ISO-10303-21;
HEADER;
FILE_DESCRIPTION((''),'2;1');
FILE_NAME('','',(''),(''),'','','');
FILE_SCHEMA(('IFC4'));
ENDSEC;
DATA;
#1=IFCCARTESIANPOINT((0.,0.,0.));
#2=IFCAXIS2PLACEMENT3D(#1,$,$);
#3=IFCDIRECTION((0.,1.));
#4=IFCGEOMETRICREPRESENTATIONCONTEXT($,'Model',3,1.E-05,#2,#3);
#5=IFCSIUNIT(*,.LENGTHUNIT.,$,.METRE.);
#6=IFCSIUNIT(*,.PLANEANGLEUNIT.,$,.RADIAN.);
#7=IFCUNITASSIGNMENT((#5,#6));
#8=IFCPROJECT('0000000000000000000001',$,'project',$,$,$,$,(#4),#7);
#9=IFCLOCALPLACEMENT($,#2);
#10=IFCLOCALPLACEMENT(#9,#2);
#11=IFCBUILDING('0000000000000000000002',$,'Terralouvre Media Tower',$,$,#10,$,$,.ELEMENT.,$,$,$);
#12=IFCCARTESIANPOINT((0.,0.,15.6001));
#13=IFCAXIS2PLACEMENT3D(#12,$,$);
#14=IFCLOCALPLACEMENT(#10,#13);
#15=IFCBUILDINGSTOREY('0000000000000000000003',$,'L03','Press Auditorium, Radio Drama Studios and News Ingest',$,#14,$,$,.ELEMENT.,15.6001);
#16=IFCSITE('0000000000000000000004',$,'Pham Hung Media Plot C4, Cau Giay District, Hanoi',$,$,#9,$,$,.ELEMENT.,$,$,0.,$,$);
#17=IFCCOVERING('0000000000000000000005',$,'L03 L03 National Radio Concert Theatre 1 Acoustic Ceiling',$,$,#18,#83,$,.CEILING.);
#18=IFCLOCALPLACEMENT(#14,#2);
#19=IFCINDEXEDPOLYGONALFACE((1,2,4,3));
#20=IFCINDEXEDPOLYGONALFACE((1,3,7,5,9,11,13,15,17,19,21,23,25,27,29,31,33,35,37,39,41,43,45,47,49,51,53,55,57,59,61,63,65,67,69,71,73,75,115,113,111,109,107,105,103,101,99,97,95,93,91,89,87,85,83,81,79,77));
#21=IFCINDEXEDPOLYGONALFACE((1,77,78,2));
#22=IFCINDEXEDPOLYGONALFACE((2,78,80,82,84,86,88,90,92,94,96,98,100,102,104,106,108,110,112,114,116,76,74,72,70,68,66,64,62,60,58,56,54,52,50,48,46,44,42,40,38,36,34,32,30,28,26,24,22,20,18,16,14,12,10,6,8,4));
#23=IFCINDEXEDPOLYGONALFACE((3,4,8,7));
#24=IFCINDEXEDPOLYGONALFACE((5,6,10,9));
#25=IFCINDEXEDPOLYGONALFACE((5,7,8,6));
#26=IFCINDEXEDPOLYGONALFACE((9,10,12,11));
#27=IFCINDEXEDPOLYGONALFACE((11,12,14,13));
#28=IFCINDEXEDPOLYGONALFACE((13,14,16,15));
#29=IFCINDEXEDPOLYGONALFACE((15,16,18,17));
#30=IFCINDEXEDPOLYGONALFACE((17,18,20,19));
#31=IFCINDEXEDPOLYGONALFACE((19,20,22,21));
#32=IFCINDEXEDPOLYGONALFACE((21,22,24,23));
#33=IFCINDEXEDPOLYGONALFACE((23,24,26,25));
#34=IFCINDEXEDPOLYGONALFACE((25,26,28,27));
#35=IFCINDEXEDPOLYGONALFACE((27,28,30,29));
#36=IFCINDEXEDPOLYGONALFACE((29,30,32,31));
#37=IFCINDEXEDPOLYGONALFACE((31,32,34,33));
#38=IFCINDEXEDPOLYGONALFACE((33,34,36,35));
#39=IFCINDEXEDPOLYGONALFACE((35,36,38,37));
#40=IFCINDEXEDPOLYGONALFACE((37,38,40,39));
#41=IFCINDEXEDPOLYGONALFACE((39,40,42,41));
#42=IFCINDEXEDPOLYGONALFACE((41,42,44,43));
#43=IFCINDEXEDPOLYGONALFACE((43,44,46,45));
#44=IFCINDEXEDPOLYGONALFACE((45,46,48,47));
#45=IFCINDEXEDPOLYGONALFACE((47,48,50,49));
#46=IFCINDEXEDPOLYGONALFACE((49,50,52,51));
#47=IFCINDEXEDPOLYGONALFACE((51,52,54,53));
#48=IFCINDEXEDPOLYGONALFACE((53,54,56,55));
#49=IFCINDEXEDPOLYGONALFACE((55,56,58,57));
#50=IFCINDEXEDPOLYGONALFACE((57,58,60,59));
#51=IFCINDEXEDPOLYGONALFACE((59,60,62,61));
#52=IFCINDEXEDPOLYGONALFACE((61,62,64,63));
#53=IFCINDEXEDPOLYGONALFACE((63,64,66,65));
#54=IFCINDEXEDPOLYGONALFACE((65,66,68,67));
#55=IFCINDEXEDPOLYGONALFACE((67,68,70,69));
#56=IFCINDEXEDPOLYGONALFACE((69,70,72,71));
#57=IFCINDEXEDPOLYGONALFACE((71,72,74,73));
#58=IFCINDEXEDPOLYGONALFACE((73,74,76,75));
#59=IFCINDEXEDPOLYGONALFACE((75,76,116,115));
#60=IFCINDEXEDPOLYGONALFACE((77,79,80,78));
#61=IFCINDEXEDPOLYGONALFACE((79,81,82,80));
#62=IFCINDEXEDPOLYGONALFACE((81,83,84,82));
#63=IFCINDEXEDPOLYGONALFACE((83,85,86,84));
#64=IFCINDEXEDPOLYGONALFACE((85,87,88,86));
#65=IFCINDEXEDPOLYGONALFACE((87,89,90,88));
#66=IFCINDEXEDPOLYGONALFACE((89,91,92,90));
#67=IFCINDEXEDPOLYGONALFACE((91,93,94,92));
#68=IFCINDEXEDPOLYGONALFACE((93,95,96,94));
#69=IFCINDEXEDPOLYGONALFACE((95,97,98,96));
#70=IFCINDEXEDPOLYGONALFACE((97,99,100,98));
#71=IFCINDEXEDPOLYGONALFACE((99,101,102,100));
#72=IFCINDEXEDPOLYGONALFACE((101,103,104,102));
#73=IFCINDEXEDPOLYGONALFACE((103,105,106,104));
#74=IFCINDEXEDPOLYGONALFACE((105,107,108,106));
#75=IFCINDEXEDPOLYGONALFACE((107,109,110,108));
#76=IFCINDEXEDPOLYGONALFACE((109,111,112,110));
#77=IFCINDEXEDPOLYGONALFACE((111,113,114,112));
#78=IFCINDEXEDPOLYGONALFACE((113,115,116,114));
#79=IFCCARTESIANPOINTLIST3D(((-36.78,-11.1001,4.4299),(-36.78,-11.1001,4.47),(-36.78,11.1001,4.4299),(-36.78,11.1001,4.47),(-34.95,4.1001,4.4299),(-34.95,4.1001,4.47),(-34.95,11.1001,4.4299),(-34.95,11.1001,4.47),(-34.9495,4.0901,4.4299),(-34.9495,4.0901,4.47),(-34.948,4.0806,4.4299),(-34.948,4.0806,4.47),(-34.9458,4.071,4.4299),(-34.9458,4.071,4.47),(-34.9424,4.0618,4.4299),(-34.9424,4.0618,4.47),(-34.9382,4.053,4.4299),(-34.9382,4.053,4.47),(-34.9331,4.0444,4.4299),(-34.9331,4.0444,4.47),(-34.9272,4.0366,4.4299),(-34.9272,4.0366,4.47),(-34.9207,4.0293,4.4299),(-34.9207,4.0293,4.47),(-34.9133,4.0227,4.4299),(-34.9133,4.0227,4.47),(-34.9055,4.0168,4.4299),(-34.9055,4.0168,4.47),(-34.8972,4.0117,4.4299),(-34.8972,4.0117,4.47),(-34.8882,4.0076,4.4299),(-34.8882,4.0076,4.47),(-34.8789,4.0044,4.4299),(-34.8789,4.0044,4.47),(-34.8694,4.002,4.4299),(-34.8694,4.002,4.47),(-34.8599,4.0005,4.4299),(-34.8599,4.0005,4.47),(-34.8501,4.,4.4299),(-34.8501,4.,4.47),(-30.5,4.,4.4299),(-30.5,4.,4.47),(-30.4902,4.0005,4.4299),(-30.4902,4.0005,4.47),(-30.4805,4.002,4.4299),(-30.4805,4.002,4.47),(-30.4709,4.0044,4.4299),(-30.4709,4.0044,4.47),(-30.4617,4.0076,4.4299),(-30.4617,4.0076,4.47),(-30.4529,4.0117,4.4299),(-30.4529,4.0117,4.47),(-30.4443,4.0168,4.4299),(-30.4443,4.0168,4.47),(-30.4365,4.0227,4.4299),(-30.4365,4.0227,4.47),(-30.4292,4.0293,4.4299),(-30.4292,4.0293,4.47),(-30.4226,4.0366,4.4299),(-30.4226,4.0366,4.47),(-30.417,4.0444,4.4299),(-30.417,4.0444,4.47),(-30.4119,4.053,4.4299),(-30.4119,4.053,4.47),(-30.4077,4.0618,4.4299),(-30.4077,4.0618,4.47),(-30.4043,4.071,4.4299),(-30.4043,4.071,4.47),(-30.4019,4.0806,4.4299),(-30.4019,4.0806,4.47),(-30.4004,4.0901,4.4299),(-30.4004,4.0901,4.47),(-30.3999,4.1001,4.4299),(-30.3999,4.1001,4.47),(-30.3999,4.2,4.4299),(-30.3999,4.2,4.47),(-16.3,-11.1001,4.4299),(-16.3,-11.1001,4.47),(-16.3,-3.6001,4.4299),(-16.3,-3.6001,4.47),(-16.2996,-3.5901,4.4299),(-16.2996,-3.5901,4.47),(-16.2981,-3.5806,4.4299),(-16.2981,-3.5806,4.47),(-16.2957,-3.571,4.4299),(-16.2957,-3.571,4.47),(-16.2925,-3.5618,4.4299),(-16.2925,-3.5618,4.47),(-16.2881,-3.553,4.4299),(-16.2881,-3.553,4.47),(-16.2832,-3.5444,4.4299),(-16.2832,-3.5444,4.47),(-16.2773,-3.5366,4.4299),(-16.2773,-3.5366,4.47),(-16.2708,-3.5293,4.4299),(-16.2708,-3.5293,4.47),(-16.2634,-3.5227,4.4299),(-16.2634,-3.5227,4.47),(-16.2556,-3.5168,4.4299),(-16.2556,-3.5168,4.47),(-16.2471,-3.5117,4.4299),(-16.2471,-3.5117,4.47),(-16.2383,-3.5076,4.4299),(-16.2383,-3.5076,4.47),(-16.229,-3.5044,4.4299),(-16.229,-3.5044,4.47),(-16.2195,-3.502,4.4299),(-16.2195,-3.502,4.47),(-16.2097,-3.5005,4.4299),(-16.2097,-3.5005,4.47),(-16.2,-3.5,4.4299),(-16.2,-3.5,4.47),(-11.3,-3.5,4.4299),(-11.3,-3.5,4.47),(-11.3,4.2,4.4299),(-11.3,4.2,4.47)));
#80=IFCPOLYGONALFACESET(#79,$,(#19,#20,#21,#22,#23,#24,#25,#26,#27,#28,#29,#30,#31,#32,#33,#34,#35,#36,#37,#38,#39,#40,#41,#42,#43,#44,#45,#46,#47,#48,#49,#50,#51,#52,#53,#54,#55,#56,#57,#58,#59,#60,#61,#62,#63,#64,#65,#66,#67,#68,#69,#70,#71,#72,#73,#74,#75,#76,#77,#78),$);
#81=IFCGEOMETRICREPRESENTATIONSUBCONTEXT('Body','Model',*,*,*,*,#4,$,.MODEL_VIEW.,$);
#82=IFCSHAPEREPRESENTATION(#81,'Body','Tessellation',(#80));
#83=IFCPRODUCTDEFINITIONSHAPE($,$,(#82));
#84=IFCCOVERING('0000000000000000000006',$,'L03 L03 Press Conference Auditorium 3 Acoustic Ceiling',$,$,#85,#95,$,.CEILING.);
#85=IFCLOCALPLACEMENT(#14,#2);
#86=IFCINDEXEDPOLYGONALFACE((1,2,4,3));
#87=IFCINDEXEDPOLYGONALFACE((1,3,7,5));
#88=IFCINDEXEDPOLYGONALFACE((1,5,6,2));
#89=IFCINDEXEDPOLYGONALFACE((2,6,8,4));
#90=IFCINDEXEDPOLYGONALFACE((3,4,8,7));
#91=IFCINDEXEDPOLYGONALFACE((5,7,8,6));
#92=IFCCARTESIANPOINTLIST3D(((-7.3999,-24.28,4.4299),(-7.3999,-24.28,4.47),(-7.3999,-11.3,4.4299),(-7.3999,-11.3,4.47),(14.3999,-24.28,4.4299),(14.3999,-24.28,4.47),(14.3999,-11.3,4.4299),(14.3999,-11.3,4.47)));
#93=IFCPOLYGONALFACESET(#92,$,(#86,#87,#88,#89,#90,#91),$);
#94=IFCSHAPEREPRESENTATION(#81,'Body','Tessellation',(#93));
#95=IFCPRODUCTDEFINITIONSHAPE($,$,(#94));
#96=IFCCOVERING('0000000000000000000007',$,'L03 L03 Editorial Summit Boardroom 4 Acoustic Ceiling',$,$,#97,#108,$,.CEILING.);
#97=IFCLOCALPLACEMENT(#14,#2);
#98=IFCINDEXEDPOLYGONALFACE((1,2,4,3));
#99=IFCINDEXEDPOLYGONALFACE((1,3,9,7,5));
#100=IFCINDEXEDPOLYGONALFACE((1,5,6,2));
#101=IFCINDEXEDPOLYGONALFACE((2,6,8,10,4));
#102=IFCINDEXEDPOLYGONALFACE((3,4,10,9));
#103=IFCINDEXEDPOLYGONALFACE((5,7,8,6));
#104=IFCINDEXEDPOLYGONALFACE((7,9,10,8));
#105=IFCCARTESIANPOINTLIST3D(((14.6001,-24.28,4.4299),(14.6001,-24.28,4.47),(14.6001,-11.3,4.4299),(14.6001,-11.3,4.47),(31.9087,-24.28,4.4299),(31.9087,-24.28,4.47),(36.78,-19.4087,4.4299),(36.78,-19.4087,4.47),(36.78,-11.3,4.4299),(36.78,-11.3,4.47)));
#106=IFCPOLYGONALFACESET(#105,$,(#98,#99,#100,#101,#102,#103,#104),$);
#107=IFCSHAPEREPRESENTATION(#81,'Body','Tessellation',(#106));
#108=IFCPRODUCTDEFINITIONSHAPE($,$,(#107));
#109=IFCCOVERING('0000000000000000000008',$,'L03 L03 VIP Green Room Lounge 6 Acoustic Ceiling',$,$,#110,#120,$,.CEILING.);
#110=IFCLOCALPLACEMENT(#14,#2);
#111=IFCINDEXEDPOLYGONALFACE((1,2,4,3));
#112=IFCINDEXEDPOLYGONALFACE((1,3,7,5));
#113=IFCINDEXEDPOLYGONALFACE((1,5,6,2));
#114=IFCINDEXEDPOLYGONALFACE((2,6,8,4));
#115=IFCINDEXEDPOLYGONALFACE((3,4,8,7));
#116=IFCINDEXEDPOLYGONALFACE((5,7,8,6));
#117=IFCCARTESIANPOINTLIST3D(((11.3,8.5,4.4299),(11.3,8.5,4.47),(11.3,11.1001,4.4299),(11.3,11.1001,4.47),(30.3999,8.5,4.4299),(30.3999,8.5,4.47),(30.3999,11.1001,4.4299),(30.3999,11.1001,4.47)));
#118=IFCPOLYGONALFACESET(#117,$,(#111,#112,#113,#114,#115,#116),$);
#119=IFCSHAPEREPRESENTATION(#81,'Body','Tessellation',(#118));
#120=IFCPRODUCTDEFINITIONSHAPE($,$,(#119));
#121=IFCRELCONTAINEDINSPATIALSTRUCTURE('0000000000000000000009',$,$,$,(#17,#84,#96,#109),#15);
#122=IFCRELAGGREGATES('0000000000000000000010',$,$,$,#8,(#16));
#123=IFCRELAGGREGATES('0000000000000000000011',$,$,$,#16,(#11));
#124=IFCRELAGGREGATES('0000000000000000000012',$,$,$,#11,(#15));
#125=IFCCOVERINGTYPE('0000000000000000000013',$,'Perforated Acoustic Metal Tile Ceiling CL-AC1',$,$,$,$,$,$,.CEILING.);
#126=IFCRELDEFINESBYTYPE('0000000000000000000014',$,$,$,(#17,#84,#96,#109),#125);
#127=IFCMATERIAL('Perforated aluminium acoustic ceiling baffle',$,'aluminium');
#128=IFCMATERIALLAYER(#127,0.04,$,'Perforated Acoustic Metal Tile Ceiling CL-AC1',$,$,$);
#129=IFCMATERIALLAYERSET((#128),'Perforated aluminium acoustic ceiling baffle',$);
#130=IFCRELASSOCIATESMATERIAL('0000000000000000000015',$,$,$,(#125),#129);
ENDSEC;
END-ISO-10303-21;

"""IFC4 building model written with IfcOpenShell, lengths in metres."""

from ifc_helpers import new_model, si_unit, direction, frame, origin, place, context, subcontext, project, spatial, polyline, outline, extrude, material, layer, layer_set, type_object, element, save


model = new_model("IFC4")

# Units and contexts
model_context = context("Model", 3, precision=1e-05, world=origin(), true_north=direction((0.0, 1.0)))
body_context = subcontext(model_context, "Body", "Model", "MODEL_VIEW")
ifc_project = project(units=[si_unit("LENGTHUNIT", "METRE"), si_unit("PLANEANGLEUNIT", "RADIAN")], contexts=[model_context])

# Site, building, storey
site_placement = place(None, origin())
site = spatial("IfcSite", under=ifc_project, at=site_placement, Name="Pham Hung Media Plot C4, Cau Giay District, Hanoi", CompositionType="ELEMENT", RefElevation=0.0)
building_placement = place(site_placement, origin())
building = spatial("IfcBuilding", under=site, at=building_placement, Name="Terralouvre Media Tower", CompositionType="ELEMENT")
storey_placement = place(building_placement, frame((0.0, 0.0, 15.6001)))
storey = spatial("IfcBuildingStorey", under=building, at=storey_placement, Name="L03", Description="Press Auditorium, Radio Drama Studios and News Ingest", CompositionType="ELEMENT", Elevation=15.6001)

# Coverings
ifc_material_1 = material(Name="Perforated aluminium acoustic ceiling baffle", Category="aluminium")
ifc_layer_1 = layer(ifc_material_1, 0.04, Name="Perforated Acoustic Metal Tile Ceiling CL-AC1")
ifc_layer_set_1 = layer_set([ifc_layer_1], Name="Perforated aluminium acoustic ceiling baffle")
covering_type_1 = type_object("IfcCoveringType", Name="Perforated Acoustic Metal Tile Ceiling CL-AC1", PredefinedType="CEILING", material=ifc_layer_set_1)
covering_1_placement = place(storey_placement, frame((0.0, 0.0, 4.4299)))
element("IfcCovering", 1, at=covering_1_placement, inside=storey, type_object=covering_type_1, Name="L03 L03 National Radio Concert Theatre 1 Acoustic Ceiling", PredefinedType="CEILING", context=body_context, shape_type="SweptSolid", body=[
    extrude(outline(polyline([(-16.3, -3.6001), (-16.2996, -3.5901), (-16.2981, -3.5806), (-16.2957, -3.571), (-16.2925, -3.5618), (-16.2881, -3.553), (-16.2832, -3.5444), (-16.2773, -3.5366), (-16.2708, -3.5293), (-16.2634, -3.5227), (-16.2556, -3.5168), (-16.2471, -3.5117), (-16.2383, -3.5076), (-16.229, -3.5044), (-16.2195, -3.502), (-16.2097, -3.5005), (-16.2, -3.5), (-11.3, -3.5), (-11.3, 4.2), (-30.3999, 4.2), (-30.3999, 4.1001), (-30.4004, 4.0901), (-30.4019, 4.0806), (-30.4043, 4.071), (-30.4077, 4.0618), (-30.4119, 4.053), (-30.417, 4.0444), (-30.4226, 4.0366), (-30.4292, 4.0293), (-30.4365, 4.0227), (-30.4443, 4.0168), (-30.4529, 4.0117), (-30.4617, 4.0076), (-30.4709, 4.0044), (-30.4805, 4.002), (-30.4902, 4.0005), (-30.5, 4.0), (-34.8501, 4.0), (-34.8599, 4.0005), (-34.8694, 4.002), (-34.8789, 4.0044), (-34.8882, 4.0076), (-34.8972, 4.0117), (-34.9055, 4.0168), (-34.9133, 4.0227), (-34.9207, 4.0293), (-34.9272, 4.0366), (-34.9331, 4.0444), (-34.9382, 4.053), (-34.9424, 4.0618), (-34.9458, 4.071), (-34.948, 4.0806), (-34.9495, 4.0901), (-34.95, 4.1001), (-34.95, 11.1001), (-36.78, 11.1001), (-36.78, -11.1001), (-16.3, -11.1001), (-16.3, -3.6001)])), origin(), (0.0, 0.0, 1.0), 0.04),
])
covering_2_placement = place(storey_placement, frame((0.0, 0.0, 4.4299)))
element("IfcCovering", 2, at=covering_2_placement, inside=storey, type_object=covering_type_1, Name="L03 L03 Press Conference Auditorium 3 Acoustic Ceiling", PredefinedType="CEILING", context=body_context, shape_type="SweptSolid", body=[
    extrude(outline(polyline([(-7.3999, -11.3), (-7.3999, -24.28), (14.3999, -24.28), (14.3999, -11.3), (-7.3999, -11.3)])), origin(), (0.0, 0.0, 1.0), 0.04),
])
covering_3_placement = place(storey_placement, frame((0.0, 0.0, 4.4299)))
element("IfcCovering", 3, at=covering_3_placement, inside=storey, type_object=covering_type_1, Name="L03 L03 Editorial Summit Boardroom 4 Acoustic Ceiling", PredefinedType="CEILING", context=body_context, shape_type="SweptSolid", body=[
    extrude(outline(polyline([(14.6001, -24.28), (31.9087, -24.28), (36.78, -19.4087), (36.78, -11.3), (14.6001, -11.3), (14.6001, -24.28)])), origin(), (0.0, 0.0, 1.0), 0.04),
])
covering_4_placement = place(storey_placement, frame((0.0, 0.0, 4.4299)))
element("IfcCovering", 4, at=covering_4_placement, inside=storey, type_object=covering_type_1, Name="L03 L03 VIP Green Room Lounge 6 Acoustic Ceiling", PredefinedType="CEILING", context=body_context, shape_type="SweptSolid", body=[
    extrude(outline(polyline([(11.3, 8.5), (30.3999, 8.5), (30.3999, 11.1001), (11.3, 11.1001), (11.3, 8.5)])), origin(), (0.0, 0.0, 1.0), 0.04),
])

save(model, "model.ifc")
